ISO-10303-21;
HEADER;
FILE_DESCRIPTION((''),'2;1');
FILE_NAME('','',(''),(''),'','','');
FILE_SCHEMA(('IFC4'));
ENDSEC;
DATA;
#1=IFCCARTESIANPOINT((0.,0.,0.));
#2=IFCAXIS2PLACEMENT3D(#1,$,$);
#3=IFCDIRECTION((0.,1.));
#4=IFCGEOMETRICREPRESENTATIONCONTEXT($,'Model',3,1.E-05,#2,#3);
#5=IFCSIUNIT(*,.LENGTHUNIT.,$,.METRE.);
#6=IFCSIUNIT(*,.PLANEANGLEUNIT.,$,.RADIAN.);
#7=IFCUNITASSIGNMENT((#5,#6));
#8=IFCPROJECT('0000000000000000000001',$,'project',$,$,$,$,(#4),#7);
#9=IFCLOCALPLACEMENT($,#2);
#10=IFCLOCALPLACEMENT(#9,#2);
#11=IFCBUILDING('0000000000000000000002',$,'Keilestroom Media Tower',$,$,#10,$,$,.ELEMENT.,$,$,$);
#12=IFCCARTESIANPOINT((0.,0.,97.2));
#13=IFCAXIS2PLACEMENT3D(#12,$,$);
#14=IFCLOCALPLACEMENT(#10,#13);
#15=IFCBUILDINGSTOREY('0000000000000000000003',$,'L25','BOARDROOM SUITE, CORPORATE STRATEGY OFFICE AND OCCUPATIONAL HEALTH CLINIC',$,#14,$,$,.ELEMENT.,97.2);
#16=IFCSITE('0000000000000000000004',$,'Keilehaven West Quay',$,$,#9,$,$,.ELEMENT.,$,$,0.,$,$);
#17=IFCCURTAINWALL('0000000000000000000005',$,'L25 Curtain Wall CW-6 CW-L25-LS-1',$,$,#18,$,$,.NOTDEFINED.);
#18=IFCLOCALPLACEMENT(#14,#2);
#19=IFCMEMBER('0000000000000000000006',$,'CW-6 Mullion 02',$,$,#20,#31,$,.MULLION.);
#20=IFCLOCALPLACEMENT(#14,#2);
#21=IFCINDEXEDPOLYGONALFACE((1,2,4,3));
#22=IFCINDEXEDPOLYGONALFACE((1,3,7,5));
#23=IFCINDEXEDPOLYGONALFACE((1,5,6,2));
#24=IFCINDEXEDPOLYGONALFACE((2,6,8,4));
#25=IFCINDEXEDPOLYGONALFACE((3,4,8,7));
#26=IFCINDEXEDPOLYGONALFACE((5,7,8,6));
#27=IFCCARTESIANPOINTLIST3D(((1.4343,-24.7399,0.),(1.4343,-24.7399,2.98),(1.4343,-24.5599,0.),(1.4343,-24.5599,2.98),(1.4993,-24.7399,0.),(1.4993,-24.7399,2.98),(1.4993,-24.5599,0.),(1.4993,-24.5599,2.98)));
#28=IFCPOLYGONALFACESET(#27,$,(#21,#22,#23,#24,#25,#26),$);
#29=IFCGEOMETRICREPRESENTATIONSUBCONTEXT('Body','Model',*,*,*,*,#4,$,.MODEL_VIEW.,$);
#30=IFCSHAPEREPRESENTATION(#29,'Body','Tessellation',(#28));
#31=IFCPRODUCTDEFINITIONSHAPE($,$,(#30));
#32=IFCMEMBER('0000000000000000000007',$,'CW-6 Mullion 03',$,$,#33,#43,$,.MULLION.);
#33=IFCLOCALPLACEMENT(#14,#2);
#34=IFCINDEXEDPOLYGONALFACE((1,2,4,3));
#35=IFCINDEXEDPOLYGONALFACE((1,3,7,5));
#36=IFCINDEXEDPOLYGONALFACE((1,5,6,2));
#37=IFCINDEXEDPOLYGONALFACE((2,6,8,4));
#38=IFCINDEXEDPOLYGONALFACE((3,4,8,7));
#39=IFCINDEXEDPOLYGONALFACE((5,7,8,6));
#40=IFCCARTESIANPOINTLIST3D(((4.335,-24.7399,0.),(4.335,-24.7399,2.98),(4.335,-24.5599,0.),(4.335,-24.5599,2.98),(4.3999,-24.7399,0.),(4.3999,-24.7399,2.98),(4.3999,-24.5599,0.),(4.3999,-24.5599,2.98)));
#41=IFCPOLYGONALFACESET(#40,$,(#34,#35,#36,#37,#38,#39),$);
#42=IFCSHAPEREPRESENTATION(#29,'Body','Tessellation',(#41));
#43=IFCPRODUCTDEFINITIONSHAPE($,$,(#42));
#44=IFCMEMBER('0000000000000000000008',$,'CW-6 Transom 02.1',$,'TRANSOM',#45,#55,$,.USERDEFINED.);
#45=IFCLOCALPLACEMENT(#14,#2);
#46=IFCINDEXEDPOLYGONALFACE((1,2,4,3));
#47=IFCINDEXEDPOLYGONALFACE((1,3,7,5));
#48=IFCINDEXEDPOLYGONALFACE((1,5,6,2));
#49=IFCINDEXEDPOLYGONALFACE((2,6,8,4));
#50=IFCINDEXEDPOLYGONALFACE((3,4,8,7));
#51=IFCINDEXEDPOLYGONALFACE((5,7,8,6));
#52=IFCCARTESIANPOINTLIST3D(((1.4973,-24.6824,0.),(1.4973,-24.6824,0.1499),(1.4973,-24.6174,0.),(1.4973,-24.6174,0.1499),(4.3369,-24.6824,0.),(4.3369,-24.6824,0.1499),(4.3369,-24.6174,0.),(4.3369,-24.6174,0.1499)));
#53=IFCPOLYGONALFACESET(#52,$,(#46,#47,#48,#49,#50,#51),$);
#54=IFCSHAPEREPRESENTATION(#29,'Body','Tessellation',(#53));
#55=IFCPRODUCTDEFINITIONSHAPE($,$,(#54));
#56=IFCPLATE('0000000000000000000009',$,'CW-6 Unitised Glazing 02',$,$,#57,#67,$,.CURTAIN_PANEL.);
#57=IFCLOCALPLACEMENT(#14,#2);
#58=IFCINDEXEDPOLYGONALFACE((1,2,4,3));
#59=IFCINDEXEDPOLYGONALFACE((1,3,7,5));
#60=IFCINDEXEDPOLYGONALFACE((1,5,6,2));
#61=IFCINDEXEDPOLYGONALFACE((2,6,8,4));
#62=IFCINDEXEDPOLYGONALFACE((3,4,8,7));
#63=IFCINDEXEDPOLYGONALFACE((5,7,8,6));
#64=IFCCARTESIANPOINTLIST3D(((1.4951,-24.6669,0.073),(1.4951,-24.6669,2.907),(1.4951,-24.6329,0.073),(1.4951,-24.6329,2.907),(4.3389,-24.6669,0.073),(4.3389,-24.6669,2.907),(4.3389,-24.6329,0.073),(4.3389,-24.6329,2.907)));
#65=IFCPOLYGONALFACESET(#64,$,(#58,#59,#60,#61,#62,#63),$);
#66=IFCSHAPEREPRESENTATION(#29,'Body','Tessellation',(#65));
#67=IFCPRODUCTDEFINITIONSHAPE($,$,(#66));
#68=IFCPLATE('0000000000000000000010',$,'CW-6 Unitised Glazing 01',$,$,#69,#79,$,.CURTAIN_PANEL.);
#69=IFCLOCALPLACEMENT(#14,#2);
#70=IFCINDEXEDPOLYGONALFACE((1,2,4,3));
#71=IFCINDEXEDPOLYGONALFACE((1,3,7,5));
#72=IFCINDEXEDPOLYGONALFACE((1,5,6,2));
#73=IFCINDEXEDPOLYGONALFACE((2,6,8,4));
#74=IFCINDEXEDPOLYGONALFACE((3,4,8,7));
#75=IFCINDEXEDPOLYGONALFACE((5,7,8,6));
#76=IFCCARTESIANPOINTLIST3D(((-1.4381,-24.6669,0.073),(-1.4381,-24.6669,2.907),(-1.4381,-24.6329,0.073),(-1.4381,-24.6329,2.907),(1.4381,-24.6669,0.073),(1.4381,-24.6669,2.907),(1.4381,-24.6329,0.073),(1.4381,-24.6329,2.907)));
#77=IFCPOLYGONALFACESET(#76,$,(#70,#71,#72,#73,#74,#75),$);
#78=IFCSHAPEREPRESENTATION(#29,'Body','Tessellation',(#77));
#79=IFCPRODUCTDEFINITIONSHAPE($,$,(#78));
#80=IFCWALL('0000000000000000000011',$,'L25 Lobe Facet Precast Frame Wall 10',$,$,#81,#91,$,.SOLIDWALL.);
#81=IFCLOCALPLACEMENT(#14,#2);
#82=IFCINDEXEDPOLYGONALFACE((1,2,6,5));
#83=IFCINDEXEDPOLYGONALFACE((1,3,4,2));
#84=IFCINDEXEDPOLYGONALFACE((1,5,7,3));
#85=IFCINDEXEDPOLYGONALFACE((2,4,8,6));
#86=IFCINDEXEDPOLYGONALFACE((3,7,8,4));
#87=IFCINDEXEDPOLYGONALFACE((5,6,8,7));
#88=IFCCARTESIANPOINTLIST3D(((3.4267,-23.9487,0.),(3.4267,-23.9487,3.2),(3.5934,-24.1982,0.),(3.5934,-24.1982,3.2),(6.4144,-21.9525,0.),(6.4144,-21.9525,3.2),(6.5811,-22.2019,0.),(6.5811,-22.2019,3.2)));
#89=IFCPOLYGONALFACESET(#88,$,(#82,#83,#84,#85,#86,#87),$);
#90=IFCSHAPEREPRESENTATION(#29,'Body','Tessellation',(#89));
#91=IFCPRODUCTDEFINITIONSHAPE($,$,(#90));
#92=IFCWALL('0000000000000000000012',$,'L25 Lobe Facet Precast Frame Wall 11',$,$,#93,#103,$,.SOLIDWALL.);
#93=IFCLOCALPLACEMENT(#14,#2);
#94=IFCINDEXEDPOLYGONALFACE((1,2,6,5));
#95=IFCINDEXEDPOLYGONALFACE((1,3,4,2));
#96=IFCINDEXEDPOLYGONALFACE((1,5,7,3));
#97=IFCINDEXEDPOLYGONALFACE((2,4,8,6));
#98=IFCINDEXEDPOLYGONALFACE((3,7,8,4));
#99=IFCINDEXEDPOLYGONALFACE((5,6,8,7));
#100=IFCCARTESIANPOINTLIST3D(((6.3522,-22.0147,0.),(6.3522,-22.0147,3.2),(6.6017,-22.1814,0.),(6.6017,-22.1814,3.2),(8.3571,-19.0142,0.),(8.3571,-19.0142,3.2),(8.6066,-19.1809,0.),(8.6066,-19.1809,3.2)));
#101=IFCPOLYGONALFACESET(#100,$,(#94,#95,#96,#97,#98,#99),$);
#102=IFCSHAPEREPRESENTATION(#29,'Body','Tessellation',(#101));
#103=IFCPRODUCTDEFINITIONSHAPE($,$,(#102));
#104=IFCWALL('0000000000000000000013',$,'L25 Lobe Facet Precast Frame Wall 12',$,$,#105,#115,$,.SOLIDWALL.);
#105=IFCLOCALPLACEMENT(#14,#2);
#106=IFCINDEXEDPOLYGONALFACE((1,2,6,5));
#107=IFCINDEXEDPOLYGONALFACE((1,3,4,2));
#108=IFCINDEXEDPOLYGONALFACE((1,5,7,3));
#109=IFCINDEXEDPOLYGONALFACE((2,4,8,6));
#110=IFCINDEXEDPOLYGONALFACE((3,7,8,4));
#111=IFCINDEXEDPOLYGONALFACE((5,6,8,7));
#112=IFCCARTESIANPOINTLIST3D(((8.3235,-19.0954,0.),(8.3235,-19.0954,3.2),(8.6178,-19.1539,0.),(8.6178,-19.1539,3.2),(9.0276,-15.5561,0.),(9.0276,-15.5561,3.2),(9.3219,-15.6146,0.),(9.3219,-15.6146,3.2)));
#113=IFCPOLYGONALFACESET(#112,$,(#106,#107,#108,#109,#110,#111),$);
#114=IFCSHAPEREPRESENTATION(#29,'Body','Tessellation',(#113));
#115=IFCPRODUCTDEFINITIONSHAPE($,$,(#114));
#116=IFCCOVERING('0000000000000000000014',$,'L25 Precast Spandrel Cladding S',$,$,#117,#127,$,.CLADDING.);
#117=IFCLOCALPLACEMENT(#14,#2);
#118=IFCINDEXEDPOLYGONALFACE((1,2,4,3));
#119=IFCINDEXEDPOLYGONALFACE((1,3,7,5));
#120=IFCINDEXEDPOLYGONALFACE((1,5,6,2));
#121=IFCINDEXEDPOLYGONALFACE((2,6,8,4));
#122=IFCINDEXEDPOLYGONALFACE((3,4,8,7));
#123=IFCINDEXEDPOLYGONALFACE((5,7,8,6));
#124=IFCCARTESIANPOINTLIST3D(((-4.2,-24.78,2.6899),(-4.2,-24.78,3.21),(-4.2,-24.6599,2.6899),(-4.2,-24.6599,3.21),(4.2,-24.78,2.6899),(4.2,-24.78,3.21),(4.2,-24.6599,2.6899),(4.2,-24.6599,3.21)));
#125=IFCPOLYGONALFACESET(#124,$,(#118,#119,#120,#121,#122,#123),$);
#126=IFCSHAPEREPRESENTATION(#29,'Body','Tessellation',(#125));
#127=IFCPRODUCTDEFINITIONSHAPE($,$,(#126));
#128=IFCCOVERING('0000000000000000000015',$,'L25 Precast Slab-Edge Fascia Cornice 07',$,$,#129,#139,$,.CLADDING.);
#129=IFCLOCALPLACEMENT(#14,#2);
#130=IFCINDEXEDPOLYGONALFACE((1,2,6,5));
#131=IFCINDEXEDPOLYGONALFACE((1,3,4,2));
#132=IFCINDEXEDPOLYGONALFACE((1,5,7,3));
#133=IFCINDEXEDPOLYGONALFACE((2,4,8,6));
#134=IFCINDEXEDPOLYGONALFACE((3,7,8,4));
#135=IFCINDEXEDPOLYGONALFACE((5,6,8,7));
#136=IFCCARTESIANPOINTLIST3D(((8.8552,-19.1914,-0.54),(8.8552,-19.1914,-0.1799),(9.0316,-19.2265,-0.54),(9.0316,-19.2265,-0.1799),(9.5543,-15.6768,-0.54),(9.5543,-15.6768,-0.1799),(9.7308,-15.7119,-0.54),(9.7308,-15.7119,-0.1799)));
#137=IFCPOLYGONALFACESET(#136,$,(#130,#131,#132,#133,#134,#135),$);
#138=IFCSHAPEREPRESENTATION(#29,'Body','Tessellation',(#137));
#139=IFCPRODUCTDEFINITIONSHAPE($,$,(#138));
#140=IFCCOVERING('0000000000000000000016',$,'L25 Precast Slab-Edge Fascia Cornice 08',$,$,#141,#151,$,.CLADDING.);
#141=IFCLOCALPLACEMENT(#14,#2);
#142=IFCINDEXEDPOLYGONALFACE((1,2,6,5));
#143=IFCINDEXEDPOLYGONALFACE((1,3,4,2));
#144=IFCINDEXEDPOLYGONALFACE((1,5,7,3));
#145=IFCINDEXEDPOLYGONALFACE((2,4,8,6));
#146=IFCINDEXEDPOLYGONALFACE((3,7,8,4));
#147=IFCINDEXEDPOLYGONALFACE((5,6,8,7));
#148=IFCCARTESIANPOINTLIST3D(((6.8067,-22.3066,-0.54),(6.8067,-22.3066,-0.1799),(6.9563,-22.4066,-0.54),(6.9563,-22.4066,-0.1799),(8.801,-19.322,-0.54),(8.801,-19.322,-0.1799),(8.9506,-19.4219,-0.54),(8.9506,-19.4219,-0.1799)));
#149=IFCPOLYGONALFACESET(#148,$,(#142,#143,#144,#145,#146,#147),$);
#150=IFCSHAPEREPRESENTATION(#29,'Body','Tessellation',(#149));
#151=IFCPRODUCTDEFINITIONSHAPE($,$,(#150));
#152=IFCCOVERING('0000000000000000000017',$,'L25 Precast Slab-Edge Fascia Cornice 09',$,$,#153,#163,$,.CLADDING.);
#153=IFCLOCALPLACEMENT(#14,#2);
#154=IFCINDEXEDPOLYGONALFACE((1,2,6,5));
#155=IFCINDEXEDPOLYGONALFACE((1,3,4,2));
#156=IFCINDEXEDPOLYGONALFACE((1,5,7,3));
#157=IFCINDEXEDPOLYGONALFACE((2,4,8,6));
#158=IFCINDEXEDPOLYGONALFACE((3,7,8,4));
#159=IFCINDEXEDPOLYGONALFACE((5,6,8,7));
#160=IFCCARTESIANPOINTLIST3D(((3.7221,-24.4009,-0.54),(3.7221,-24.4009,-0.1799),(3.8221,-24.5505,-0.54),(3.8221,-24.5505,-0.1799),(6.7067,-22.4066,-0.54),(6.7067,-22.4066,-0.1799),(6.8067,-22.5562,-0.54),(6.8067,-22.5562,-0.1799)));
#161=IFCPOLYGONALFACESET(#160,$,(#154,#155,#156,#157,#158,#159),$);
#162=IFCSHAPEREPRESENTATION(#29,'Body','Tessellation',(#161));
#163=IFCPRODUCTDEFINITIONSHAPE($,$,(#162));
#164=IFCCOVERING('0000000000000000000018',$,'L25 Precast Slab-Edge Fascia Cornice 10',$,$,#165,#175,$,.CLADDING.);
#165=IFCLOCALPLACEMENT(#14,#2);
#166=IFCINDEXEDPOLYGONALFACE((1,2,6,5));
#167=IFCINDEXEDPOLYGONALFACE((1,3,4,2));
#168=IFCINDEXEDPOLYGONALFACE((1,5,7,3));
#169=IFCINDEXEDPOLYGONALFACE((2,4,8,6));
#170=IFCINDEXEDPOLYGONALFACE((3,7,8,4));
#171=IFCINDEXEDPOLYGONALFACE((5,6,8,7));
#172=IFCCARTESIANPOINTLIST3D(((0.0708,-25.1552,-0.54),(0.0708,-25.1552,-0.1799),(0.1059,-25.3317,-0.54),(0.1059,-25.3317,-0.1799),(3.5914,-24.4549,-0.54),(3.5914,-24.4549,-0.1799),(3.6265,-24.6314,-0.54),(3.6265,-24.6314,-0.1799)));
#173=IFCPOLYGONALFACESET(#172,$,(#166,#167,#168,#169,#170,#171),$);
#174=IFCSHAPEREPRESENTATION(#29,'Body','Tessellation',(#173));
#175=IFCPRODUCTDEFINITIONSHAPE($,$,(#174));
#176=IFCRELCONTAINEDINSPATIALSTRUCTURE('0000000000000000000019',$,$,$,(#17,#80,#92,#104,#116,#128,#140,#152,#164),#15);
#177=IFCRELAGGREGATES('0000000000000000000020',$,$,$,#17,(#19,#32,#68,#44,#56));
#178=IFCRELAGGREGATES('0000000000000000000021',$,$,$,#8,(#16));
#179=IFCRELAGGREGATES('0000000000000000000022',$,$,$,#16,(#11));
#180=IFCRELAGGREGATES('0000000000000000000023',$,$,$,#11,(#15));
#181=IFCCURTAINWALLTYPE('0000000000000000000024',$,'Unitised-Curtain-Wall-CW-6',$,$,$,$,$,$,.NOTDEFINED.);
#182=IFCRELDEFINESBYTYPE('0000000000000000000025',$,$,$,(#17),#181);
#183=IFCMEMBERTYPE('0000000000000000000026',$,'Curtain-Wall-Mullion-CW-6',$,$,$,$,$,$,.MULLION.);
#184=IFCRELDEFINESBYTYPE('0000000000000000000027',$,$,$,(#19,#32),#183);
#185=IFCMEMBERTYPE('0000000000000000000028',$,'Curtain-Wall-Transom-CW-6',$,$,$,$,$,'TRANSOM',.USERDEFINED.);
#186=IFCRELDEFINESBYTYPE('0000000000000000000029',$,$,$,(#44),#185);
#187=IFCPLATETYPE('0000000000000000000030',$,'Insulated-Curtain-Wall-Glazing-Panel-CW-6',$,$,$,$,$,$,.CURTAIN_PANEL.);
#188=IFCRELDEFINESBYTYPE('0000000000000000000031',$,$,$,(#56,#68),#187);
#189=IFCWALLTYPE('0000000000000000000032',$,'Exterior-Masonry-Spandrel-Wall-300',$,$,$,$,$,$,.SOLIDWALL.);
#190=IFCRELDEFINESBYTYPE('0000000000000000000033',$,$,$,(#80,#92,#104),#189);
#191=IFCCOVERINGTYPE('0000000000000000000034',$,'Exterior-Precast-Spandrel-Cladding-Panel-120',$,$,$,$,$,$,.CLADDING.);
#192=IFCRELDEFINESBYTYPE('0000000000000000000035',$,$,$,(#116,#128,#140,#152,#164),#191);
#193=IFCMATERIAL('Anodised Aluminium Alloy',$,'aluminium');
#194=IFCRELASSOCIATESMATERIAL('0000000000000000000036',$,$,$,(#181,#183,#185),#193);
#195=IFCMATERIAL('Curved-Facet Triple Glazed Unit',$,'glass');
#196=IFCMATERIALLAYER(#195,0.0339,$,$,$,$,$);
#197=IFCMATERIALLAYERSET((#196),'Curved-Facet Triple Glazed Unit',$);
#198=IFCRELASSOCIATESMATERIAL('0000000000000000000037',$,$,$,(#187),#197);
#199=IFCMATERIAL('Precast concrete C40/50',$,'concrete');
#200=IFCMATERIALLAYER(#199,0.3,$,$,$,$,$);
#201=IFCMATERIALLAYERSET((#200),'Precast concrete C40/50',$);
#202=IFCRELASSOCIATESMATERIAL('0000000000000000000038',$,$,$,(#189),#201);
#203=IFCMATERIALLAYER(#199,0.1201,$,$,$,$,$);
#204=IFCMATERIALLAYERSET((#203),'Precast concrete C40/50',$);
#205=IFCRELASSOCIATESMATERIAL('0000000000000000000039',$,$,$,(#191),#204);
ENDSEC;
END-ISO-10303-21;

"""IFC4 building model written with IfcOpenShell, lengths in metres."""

from ifc_helpers import new_model, si_unit, direction, frame, frame_2d, origin, origin_2d, place, context, subcontext, project, spatial, rectangle, extrude, source, transform, mapped, material, layer, layer_set, material_profile, profile_set, type_object, element, aggregate, save


model = new_model("IFC4")

# Units and contexts
model_context = context("Model", 3, precision=1e-05, world=origin(), true_north=direction((0.0, 1.0)))
body_context = subcontext(model_context, "Body", "Model", "MODEL_VIEW")
ifc_project = project(units=[si_unit("LENGTHUNIT", "METRE"), si_unit("PLANEANGLEUNIT", "RADIAN")], contexts=[model_context])

# Site, building, storey
site_placement = place(None, origin())
site = spatial("IfcSite", under=ifc_project, at=site_placement, Name="Keilehaven West Quay", CompositionType="ELEMENT", RefElevation=0.0)
building_placement = place(site_placement, origin())
building = spatial("IfcBuilding", under=site, at=building_placement, Name="Keilestroom Media Tower", CompositionType="ELEMENT")
storey_placement = place(building_placement, frame((0.0, 0.0, 97.2)))
storey = spatial("IfcBuildingStorey", under=building, at=storey_placement, Name="L25", Description="BOARDROOM SUITE, CORPORATE STRATEGY OFFICE AND OCCUPATIONAL HEALTH CLINIC", CompositionType="ELEMENT", Elevation=97.2)

# Curtain wall, members, plates
ifc_material_1 = material(Name="Anodised Aluminium Alloy", Category="aluminium")
curtain_wall_type = type_object("IfcCurtainWallType", Name="Unitised-Curtain-Wall-CW-6", PredefinedType="NOTDEFINED", material=ifc_material_1)
curtain_wall_placement = place(storey_placement, origin())
curtain_wall = element("IfcCurtainWall", 1, at=curtain_wall_placement, inside=storey, type_object=curtain_wall_type, Name="L25 Curtain Wall CW-6 CW-L25-LS-1", PredefinedType="NOTDEFINED")
ifc_material_profile_1 = material_profile(ifc_material_1, rectangle(XDim=0.0649, YDim=0.1799, at=origin_2d()), Name="ALU MULLION 65x180")
ifc_profile_set_1 = profile_set([ifc_material_profile_1], Name="Anodised Aluminium Alloy")
member_type_1 = type_object("IfcMemberType", Name="Curtain-Wall-Mullion-CW-6", PredefinedType="MULLION", material=ifc_profile_set_1)
shared_shape_1 = source(origin(), body_context, "Body", "SweptSolid", [
    extrude(rectangle(XDim=0.0649, YDim=0.1799, at=origin_2d()), origin(), (0.0, 0.0, 1.0), 2.98),
])
member_1_placement = place(storey_placement, frame((1.4668, -24.6499, 0.0), z_axis=(0.0, 0.0, 1.0), x_axis=(1.0, 0.0, 0.0)))
member_1 = element("IfcMember", 2, at=member_1_placement, type_object=member_type_1, Name="CW-6 Mullion 02", PredefinedType="MULLION", context=body_context, shape_type="MappedRepresentation", body=[
    mapped(shared_shape_1, transform((0.0, 0.0, 0.0), x_axis=(1.0, 0.0, 0.0), y_axis=(0.0, 1.0, 0.0), z_axis=(0.0, 0.0, 1.0), scale=1.0)),
])
member_2_placement = place(storey_placement, frame((4.3674, -24.6499, 0.0), z_axis=(0.0, 0.0, 1.0), x_axis=(1.0, 0.0, 0.0)))
member_2 = element("IfcMember", 3, at=member_2_placement, type_object=member_type_1, Name="CW-6 Mullion 03", PredefinedType="MULLION", context=body_context, shape_type="MappedRepresentation", body=[
    mapped(shared_shape_1, transform((0.0, 0.0, 0.0), x_axis=(1.0, 0.0, 0.0), y_axis=(0.0, 1.0, 0.0), z_axis=(0.0, 0.0, 1.0), scale=1.0)),
])
ifc_material_profile_2 = material_profile(ifc_material_1, rectangle(XDim=0.0649, YDim=0.1499, at=origin_2d()), Name="ALU TRANSOM 65x150")
ifc_profile_set_2 = profile_set([ifc_material_profile_2], Name="Anodised Aluminium Alloy")
member_type_2 = type_object("IfcMemberType", Name="Curtain-Wall-Transom-CW-6", ElementType="TRANSOM", PredefinedType="USERDEFINED", material=ifc_profile_set_2)
shared_shape_2 = source(origin(), body_context, "Body", "SweptSolid", [
    extrude(rectangle(XDim=0.0649, YDim=0.1499, at=origin_2d()), origin(), (0.0, 0.0, 1.0), 2.8396),
])
member_3_placement = place(storey_placement, frame((1.4973, -24.6499, 0.075), z_axis=(1.0, 0.0, 0.0), x_axis=(0.0, 1.0, 0.0)))
member_3 = element("IfcMember", 4, at=member_3_placement, type_object=member_type_2, Name="CW-6 Transom 02.1", ObjectType="TRANSOM", PredefinedType="USERDEFINED", context=body_context, shape_type="MappedRepresentation", body=[
    mapped(shared_shape_2, transform((0.0, 0.0, 0.0), x_axis=(1.0, 0.0, 0.0), y_axis=(0.0, 1.0, 0.0), z_axis=(0.0, 0.0, 1.0), scale=1.0)),
])
ifc_material_2 = material(Name="Curved-Facet Triple Glazed Unit", Category="glass")
ifc_layer_1 = layer(ifc_material_2, 0.0339)
ifc_layer_set_1 = layer_set([ifc_layer_1], Name="Curved-Facet Triple Glazed Unit")
plate_type = type_object("IfcPlateType", Name="Insulated-Curtain-Wall-Glazing-Panel-CW-6", PredefinedType="CURTAIN_PANEL", material=ifc_layer_set_1)
shared_shape_3 = source(origin(), body_context, "Body", "SweptSolid", [
    extrude(rectangle(XDim=2.8438, YDim=0.0339, at=origin_2d()), origin(), (0.0, 0.0, 1.0), 2.834),
])
plate_1_placement = place(storey_placement, frame((2.917, -24.6499, 0.073), z_axis=(0.0, 0.0, 1.0), x_axis=(1.0, 0.0, 0.0)))
plate_1 = element("IfcPlate", 5, at=plate_1_placement, type_object=plate_type, Name="CW-6 Unitised Glazing 02", PredefinedType="CURTAIN_PANEL", context=body_context, shape_type="MappedRepresentation", body=[
    mapped(shared_shape_3, transform((0.0, 0.0, 0.0), x_axis=(1.0, 0.0, 0.0), y_axis=(0.0, 1.0, 0.0), z_axis=(0.0, 0.0, 1.0), scale=1.0)),
])
shared_shape_4 = source(origin(), body_context, "Body", "SweptSolid", [
    extrude(rectangle(XDim=2.8762, YDim=0.0339, at=origin_2d()), origin(), (0.0, 0.0, 1.0), 2.834),
])
plate_2_placement = place(storey_placement, frame((0.0, -24.6499, 0.073), z_axis=(0.0, 0.0, 1.0), x_axis=(1.0, 0.0, 0.0)))
plate_2 = element("IfcPlate", 6, at=plate_2_placement, type_object=plate_type, Name="CW-6 Unitised Glazing 01", PredefinedType="CURTAIN_PANEL", context=body_context, shape_type="MappedRepresentation", body=[
    mapped(shared_shape_4, transform((0.0, 0.0, 0.0), x_axis=(1.0, 0.0, 0.0), y_axis=(0.0, 1.0, 0.0), z_axis=(0.0, 0.0, 1.0), scale=1.0)),
])
aggregate(curtain_wall, [member_1, member_2, plate_2, member_3, plate_1])

# Walls
ifc_material_3 = material(Name="Precast concrete C40/50", Category="concrete")
ifc_layer_2 = layer(ifc_material_3, 0.3)
ifc_layer_set_2 = layer_set([ifc_layer_2], Name="Precast concrete C40/50")
wall_type = type_object("IfcWallType", Name="Exterior-Masonry-Spandrel-Wall-300", PredefinedType="SOLIDWALL", material=ifc_layer_set_2)
wall_placement = place(storey_placement, frame((3.51, -24.0735, 0.0), z_axis=(0.0, 0.0, 1.0), x_axis=(0.831475, 0.555562, 0.0)))
element("IfcWall", 7, at=wall_placement, inside=storey, type_object=wall_type, Name="L25 Lobe Facet Precast Frame Wall 10", PredefinedType="SOLIDWALL", context=body_context, shape_type="SweptSolid", body=[
    extrude(rectangle(XDim=3.5933, YDim=0.3, at=frame_2d((1.7966, 0.0))), origin(), (0.0, 0.0, 1.0), 3.2),
])
for number, where, z_axis, x_axis, name in (
    (8, (6.4771, -22.0979, 0.0), (0.0, 0.0, 1.0), (0.555574, 0.831467, 0.0), "L25 Lobe Facet Precast Frame Wall 11"),
    (9, (8.4707, -19.1245, 0.0), (0.0, 0.0, 1.0), (0.195114, 0.980781, 0.0), "L25 Lobe Facet Precast Frame Wall 12"),
):
    element("IfcWall", number, at=place(storey_placement, frame(where, z_axis=z_axis, x_axis=x_axis)), inside=storey, type_object=wall_type, Name=name, PredefinedType="SOLIDWALL", context=body_context, shape_type="SweptSolid", body=[
        extrude(rectangle(XDim=3.6086, YDim=0.3, at=frame_2d((1.8042, 0.0))), origin(), (0.0, 0.0, 1.0), 3.2),
    ])

# Coverings
ifc_layer_3 = layer(ifc_material_3, 0.1201)
ifc_layer_set_3 = layer_set([ifc_layer_3], Name="Precast concrete C40/50")
covering_type = type_object("IfcCoveringType", Name="Exterior-Precast-Spandrel-Cladding-Panel-120", PredefinedType="CLADDING", material=ifc_layer_set_3)
shared_shape_5 = source(origin(), body_context, "Body", "SweptSolid", [
    extrude(rectangle(XDim=8.3999, YDim=0.1201, at=origin_2d()), origin(), (0.0, 0.0, 1.0), 0.52),
])
covering_1_placement = place(storey_placement, frame((0.0, -24.72, 2.6899), z_axis=(0.0, 0.0, 1.0), x_axis=(1.0, 0.0, 0.0)))
element("IfcCovering", 10, at=covering_1_placement, inside=storey, type_object=covering_type, Name="L25 Precast Spandrel Cladding S", PredefinedType="CLADDING", context=body_context, shape_type="MappedRepresentation", body=[
    mapped(shared_shape_5, transform((0.0, 0.0, 0.0), x_axis=(1.0, 0.0, 0.0), y_axis=(0.0, 1.0, 0.0), z_axis=(0.0, 0.0, 1.0), scale=1.0)),
])
shared_shape_6 = source(origin(), body_context, "Body", "SweptSolid", [
    extrude(rectangle(XDim=3.5835, YDim=0.1799, at=origin_2d()), origin(), (0.0, 0.0, 1.0), 0.3601),
])
covering_2_placement = place(storey_placement, frame((9.293, -17.4517, -0.54), z_axis=(0.0, 0.0, 1.0), x_axis=(-0.195099, -0.980784, 0.0)))
element("IfcCovering", 11, at=covering_2_placement, inside=storey, type_object=covering_type, Name="L25 Precast Slab-Edge Fascia Cornice 07", PredefinedType="CLADDING", context=body_context, shape_type="MappedRepresentation", body=[
    mapped(shared_shape_6, transform((0.0, 0.0, 0.0), x_axis=(1.0, 0.0, 0.0), y_axis=(0.0, 1.0, 0.0), z_axis=(0.0, 0.0, 1.0), scale=1.0)),
])
shared_shape_7 = source(origin(), body_context, "Body", "SweptSolid", [
    extrude(rectangle(XDim=3.5896, YDim=0.1799, at=origin_2d()), origin(), (0.0, 0.0, 1.0), 0.3601),
])
for number, where, z_axis, x_axis, name in (
    (12, (7.8787, -20.8643, -0.54), (0.0, 0.0, 1.0), (-0.555575, -0.831467, 0.0), "L25 Precast Slab-Edge Fascia Cornice 08"),
    (13, (5.2644, -23.4785, -0.54), (0.0, 0.0, 1.0), (-0.831467, -0.555575, 0.0), "L25 Precast Slab-Edge Fascia Cornice 09"),
    (14, (1.8486, -24.8933, -0.54), (0.0, 0.0, 1.0), (-0.980784, -0.195099, 0.0), "L25 Precast Slab-Edge Fascia Cornice 10"),
):
    element("IfcCovering", number, at=place(storey_placement, frame(where, z_axis=z_axis, x_axis=x_axis)), inside=storey, type_object=covering_type, Name=name, PredefinedType="CLADDING", context=body_context, shape_type="MappedRepresentation", body=[
        mapped(shared_shape_7, transform((0.0, 0.0, 0.0), x_axis=(1.0, 0.0, 0.0), y_axis=(0.0, 1.0, 0.0), z_axis=(0.0, 0.0, 1.0), scale=1.0)),
    ])

save(model, "model.ifc")
